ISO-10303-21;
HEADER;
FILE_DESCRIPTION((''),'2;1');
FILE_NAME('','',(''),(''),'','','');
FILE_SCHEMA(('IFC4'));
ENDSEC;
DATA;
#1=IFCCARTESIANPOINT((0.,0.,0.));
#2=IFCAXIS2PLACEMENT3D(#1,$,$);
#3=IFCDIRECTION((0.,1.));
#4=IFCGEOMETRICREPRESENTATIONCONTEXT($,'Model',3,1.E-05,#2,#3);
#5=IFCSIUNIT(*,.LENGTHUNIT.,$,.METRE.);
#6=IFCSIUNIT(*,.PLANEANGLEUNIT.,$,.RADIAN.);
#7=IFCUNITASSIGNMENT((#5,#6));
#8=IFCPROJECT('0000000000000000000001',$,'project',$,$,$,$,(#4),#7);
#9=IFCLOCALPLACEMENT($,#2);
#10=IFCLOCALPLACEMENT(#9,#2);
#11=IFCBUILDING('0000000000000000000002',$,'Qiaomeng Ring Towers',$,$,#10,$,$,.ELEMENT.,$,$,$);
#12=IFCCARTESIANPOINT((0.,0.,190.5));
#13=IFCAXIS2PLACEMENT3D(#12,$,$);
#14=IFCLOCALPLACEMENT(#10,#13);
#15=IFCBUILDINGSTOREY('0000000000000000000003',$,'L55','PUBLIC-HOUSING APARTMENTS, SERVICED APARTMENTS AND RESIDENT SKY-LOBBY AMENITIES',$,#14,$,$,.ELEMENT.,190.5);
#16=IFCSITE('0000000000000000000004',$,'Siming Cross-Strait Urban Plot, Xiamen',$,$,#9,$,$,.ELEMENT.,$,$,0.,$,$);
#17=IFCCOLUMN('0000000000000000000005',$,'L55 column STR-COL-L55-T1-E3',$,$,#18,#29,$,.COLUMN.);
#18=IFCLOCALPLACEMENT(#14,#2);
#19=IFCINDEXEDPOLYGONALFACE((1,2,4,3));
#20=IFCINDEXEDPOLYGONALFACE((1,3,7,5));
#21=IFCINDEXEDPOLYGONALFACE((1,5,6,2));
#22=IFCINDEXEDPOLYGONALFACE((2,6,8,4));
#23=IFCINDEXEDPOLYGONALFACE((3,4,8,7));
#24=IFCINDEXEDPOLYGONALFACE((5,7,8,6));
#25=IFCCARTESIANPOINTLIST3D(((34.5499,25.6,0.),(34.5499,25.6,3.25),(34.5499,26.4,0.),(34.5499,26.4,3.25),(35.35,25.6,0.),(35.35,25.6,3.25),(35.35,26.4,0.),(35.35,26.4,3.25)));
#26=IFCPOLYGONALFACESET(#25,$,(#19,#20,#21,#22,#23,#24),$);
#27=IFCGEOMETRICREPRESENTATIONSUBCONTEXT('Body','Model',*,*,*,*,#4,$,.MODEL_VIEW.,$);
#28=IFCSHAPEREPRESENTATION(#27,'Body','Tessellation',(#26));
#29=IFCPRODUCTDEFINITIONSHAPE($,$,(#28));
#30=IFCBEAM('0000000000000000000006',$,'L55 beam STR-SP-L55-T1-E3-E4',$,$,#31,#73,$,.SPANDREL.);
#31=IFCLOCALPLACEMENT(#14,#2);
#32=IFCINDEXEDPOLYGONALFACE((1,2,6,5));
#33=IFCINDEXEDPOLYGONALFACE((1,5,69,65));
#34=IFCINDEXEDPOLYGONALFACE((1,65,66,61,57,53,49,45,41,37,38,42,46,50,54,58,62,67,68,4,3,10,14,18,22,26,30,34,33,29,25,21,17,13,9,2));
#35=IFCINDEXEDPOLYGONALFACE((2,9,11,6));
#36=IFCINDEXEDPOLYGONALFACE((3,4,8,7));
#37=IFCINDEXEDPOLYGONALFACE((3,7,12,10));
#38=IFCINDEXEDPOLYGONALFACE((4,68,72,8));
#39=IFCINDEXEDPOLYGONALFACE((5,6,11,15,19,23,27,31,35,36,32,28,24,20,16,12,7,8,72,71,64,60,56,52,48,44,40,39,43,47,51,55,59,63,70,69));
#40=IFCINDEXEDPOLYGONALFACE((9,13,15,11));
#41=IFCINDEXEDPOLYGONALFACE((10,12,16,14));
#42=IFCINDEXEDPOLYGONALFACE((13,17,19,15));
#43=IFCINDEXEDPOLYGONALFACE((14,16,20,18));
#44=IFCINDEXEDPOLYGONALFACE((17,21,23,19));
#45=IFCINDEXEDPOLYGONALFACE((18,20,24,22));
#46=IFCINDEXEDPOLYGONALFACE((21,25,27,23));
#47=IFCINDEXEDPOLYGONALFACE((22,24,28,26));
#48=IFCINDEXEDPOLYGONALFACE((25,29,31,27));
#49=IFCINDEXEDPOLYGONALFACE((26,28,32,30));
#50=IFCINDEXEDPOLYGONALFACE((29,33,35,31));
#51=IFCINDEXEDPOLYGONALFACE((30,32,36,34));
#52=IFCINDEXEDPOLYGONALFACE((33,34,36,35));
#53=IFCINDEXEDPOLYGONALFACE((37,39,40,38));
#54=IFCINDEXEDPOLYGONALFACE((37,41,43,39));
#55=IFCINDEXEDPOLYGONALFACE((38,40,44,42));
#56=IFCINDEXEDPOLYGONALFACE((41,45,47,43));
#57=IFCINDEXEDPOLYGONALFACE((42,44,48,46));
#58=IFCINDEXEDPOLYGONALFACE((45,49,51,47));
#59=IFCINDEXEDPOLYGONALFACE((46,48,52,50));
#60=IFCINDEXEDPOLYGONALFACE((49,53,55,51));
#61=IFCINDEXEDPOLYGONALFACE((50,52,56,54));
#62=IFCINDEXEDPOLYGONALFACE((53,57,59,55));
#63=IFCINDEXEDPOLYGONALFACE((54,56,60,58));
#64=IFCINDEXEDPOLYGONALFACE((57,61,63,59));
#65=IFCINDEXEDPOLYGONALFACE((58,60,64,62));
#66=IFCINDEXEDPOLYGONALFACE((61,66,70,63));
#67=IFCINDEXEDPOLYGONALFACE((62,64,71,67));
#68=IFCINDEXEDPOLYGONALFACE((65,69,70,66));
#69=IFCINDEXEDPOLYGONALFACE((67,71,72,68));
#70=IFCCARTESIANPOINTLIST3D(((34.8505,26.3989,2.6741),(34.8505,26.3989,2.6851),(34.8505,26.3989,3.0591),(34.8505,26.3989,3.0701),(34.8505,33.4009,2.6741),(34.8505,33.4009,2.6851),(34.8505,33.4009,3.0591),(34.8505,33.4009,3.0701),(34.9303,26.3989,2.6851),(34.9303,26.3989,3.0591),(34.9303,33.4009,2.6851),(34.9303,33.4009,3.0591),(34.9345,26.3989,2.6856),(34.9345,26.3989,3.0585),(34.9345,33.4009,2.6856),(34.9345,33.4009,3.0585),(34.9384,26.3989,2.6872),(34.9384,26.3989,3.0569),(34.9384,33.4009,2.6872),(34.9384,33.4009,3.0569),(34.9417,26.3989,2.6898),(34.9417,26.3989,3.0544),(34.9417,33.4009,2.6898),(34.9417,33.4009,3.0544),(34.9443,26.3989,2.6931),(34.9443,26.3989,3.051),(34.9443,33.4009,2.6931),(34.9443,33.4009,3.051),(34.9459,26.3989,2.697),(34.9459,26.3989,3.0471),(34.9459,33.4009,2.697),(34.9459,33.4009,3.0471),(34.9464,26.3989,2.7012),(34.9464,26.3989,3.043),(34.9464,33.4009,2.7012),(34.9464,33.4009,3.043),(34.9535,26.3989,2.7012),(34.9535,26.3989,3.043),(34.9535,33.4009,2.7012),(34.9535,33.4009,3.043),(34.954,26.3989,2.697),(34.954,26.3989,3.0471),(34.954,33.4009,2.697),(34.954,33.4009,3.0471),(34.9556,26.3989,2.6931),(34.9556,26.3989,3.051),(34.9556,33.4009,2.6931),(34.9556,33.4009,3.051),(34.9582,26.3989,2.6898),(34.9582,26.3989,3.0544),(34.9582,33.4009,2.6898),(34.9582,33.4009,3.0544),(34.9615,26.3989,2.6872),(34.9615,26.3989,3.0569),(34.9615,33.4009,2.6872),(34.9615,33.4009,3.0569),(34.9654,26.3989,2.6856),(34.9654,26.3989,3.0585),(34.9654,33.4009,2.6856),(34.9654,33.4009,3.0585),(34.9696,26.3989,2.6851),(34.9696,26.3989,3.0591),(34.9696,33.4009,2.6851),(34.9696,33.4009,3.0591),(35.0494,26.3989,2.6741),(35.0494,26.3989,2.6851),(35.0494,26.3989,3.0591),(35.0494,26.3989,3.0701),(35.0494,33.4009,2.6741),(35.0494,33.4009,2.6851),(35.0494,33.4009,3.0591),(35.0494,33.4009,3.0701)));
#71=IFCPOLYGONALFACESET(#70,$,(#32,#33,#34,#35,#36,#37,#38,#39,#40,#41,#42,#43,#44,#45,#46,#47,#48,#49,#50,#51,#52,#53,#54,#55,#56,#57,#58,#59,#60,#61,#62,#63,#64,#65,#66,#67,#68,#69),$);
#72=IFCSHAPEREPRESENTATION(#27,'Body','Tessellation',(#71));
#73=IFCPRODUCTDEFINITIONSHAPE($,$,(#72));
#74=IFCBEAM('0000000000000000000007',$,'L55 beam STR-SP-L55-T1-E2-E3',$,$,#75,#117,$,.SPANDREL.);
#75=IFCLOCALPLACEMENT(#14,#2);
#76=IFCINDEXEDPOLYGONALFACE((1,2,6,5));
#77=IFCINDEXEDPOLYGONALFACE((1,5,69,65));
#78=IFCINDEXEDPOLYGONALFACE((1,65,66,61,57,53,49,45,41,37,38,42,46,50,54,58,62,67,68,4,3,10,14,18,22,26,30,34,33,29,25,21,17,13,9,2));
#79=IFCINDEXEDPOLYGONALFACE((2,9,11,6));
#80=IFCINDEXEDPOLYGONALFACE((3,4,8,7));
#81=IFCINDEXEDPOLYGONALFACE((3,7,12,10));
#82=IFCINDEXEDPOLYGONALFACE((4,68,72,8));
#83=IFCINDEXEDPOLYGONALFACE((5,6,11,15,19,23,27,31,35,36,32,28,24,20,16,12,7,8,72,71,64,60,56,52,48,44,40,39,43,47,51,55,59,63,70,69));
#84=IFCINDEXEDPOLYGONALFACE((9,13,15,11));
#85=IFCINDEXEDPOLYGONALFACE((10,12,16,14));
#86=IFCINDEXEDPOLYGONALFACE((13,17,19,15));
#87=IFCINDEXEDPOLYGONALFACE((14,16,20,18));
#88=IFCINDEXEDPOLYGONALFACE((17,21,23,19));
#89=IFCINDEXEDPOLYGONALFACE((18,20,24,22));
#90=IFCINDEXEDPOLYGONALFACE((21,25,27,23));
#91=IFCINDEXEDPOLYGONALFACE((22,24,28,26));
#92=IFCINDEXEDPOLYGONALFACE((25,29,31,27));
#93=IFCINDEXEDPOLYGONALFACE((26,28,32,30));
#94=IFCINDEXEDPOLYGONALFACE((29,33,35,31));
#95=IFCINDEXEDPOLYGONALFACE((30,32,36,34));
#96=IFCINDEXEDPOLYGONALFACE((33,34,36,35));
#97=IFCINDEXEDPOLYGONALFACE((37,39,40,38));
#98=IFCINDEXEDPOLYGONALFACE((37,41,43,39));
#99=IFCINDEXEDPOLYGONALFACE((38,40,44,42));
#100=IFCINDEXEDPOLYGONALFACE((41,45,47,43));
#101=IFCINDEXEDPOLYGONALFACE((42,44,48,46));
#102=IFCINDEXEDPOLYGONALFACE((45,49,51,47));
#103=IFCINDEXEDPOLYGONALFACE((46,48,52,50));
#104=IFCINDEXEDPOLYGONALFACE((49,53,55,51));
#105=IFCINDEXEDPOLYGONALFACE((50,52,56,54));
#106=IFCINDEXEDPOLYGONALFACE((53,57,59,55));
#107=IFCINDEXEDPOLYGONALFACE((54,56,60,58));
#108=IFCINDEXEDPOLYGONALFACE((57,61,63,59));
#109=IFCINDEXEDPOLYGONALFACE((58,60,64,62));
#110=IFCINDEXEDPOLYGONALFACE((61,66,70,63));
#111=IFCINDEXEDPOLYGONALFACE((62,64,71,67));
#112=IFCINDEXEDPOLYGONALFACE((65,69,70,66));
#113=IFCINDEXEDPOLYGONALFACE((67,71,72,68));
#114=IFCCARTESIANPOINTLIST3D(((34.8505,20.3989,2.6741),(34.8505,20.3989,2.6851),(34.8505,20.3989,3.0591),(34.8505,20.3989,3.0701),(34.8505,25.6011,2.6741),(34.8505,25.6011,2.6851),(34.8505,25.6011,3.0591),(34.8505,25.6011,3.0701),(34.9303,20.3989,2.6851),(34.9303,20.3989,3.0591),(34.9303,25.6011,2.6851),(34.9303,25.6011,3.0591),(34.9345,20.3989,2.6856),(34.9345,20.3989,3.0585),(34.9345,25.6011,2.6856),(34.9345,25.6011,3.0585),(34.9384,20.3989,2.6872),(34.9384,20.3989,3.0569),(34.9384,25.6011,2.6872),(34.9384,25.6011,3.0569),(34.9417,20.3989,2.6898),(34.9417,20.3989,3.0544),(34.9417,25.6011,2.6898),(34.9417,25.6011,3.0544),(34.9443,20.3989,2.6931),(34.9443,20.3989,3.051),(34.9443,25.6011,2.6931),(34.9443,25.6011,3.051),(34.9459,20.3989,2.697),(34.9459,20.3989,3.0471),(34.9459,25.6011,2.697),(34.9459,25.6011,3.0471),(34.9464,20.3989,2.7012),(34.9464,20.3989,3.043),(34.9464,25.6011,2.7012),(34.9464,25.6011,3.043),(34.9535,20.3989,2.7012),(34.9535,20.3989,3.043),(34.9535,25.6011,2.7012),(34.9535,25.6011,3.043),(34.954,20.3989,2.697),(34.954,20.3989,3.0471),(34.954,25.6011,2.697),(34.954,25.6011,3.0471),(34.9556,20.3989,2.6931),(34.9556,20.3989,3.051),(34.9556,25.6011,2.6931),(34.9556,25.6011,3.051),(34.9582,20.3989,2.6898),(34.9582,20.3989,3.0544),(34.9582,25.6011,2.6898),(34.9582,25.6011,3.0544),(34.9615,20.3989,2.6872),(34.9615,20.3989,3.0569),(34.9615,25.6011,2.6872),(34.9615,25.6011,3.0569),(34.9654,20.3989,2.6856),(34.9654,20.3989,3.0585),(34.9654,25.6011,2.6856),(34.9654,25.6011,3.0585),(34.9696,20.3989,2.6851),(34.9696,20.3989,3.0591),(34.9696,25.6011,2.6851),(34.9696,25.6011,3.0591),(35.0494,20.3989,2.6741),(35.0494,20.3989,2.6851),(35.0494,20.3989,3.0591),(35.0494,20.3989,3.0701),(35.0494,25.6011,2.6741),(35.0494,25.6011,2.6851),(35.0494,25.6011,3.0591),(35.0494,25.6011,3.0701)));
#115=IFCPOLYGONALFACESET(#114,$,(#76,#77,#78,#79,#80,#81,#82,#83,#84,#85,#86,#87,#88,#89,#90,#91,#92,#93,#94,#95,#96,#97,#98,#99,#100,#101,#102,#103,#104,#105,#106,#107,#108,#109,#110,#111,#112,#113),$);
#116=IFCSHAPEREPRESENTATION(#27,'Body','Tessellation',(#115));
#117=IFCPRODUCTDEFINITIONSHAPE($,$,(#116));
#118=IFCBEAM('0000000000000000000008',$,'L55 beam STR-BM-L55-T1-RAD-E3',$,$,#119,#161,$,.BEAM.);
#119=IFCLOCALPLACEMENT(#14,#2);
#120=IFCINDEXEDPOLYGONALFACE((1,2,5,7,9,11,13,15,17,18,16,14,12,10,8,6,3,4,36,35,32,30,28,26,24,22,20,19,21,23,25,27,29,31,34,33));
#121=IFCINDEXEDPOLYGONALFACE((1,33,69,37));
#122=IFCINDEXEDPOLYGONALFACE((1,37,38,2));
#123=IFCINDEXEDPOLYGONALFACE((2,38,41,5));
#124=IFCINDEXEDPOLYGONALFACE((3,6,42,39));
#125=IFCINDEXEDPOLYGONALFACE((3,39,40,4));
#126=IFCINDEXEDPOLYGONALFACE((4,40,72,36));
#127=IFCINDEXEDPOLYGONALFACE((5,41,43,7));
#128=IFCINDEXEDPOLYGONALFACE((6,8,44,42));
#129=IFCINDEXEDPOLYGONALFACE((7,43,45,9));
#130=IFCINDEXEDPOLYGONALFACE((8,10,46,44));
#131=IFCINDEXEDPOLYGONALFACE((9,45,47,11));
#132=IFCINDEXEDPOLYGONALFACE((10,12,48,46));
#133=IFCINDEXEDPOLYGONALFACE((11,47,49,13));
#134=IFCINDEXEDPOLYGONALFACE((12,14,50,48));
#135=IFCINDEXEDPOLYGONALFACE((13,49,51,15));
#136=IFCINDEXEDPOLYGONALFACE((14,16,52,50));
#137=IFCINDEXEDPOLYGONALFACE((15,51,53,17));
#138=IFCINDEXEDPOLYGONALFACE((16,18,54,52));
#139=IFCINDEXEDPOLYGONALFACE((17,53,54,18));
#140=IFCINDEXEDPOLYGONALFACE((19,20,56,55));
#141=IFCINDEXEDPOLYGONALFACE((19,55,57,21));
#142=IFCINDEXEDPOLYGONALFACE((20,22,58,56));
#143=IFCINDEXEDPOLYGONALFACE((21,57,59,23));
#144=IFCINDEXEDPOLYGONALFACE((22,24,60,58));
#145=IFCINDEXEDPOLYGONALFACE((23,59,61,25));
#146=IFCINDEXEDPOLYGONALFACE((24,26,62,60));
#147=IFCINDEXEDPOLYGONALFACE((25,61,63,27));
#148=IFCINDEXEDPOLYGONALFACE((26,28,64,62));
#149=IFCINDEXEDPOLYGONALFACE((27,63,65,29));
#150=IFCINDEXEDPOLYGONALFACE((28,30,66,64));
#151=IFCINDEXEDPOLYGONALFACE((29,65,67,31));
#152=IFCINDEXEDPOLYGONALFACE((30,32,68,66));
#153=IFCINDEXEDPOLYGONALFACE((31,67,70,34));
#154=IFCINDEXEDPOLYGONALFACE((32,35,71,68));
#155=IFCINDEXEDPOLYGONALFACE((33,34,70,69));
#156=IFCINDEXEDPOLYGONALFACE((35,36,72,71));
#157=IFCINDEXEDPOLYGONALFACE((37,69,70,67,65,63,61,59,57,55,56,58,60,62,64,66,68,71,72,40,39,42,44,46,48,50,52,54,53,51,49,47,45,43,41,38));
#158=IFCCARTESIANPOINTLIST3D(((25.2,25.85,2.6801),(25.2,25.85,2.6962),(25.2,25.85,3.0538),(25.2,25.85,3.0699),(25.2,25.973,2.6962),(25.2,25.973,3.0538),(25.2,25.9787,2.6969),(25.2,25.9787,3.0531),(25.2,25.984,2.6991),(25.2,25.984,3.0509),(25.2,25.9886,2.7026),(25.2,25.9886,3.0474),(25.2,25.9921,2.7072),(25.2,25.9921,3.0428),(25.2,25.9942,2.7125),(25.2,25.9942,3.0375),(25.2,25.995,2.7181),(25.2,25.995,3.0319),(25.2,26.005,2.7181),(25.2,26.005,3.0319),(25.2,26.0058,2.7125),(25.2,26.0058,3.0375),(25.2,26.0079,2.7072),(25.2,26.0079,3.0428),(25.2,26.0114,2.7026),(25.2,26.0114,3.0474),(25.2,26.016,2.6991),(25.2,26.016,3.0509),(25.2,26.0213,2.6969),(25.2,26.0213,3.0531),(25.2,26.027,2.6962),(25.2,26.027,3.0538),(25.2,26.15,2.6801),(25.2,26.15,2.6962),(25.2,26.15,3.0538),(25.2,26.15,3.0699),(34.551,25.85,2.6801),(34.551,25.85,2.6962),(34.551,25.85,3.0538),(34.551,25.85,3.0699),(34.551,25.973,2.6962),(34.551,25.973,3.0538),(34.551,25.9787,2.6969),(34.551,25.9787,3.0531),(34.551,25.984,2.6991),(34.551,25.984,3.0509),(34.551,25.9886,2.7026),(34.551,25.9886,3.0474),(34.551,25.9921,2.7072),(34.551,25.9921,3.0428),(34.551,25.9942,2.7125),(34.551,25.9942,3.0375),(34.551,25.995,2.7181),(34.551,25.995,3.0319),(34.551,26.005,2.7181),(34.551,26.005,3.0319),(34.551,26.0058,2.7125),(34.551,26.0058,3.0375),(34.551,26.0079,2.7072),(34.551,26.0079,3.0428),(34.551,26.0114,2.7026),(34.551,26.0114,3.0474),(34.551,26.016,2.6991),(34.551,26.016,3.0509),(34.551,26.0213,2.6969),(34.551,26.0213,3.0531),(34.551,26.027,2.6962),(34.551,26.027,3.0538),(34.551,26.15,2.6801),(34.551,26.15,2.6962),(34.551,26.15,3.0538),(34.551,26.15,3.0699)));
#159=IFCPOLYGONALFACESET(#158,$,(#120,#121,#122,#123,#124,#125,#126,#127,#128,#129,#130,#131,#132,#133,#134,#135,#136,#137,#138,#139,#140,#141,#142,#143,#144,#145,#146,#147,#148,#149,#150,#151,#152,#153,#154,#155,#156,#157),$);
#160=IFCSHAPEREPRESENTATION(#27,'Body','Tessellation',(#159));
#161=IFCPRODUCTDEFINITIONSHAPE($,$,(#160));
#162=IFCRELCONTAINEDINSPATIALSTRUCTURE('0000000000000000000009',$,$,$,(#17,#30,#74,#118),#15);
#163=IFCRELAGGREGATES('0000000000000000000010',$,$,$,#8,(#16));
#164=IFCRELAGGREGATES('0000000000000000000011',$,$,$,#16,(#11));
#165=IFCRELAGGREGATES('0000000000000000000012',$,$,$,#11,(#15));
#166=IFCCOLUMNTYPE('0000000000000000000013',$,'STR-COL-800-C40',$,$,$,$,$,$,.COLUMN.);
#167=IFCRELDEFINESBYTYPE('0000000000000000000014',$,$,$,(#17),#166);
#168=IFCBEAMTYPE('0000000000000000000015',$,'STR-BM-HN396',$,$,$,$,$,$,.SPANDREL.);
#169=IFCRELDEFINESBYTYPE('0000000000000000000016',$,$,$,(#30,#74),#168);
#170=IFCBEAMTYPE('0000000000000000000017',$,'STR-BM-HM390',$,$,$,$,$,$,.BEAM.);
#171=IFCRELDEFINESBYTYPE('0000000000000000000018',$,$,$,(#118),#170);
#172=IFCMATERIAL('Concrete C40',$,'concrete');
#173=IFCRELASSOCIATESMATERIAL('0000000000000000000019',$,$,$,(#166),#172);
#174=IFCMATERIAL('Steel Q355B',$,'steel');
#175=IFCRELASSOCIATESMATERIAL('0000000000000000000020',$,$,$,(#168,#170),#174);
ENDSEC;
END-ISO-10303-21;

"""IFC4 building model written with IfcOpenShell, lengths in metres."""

from ifc_helpers import new_model, si_unit, direction, frame, origin, origin_2d, place, context, subcontext, project, spatial, rectangle, i_section, extrude, source, transform, mapped, material, material_profile, profile_set, type_object, element, save


model = new_model("IFC4")

# Units and contexts
model_context = context("Model", 3, precision=1e-05, world=origin(), true_north=direction((0.0, 1.0)))
body_context = subcontext(model_context, "Body", "Model", "MODEL_VIEW")
ifc_project = project(units=[si_unit("LENGTHUNIT", "METRE"), si_unit("PLANEANGLEUNIT", "RADIAN")], contexts=[model_context])

# Site, building, storey
site_placement = place(None, origin())
site = spatial("IfcSite", under=ifc_project, at=site_placement, Name="Siming Cross-Strait Urban Plot, Xiamen", CompositionType="ELEMENT", RefElevation=0.0)
building_placement = place(site_placement, origin())
building = spatial("IfcBuilding", under=site, at=building_placement, Name="Qiaomeng Ring Towers", CompositionType="ELEMENT")
storey_placement = place(building_placement, frame((0.0, 0.0, 190.5)))
storey = spatial("IfcBuildingStorey", under=building, at=storey_placement, Name="L55", Description="PUBLIC-HOUSING APARTMENTS, SERVICED APARTMENTS AND RESIDENT SKY-LOBBY AMENITIES", CompositionType="ELEMENT", Elevation=190.5)

# Column
ifc_material_1 = material(Name="Concrete C40", Category="concrete")
ifc_material_profile_1 = material_profile(ifc_material_1, rectangle(XDim=0.8, YDim=0.8, at=origin_2d()), Name="RC COL 800x800")
ifc_profile_set_1 = profile_set([ifc_material_profile_1], Name="Concrete C40")
column_type = type_object("IfcColumnType", Name="STR-COL-800-C40", PredefinedType="COLUMN", material=ifc_profile_set_1)
shared_shape_1 = source(origin(), body_context, "Body", "SweptSolid", [
    extrude(rectangle(XDim=0.8, YDim=0.8, at=origin_2d()), origin(), (0.0, 0.0, 1.0), 3.25),
])
column_placement = place(storey_placement, frame((34.95, 26.0, 0.0), z_axis=(0.0, 0.0, 1.0), x_axis=(1.0, 0.0, 0.0)))
element("IfcColumn", 1, at=column_placement, inside=storey, type_object=column_type, Name="L55 column STR-COL-L55-T1-E3", PredefinedType="COLUMN", context=body_context, shape_type="MappedRepresentation", body=[
    mapped(shared_shape_1, transform((0.0, 0.0, 0.0), x_axis=(1.0, 0.0, 0.0), y_axis=(0.0, 1.0, 0.0), z_axis=(0.0, 0.0, 1.0), scale=1.0)),
])

# Beams
ifc_material_2 = material(Name="Steel Q355B", Category="steel")
ifc_material_profile_2 = material_profile(ifc_material_2, i_section(OverallWidth=0.199, OverallDepth=0.396, WebThickness=0.0071, FlangeThickness=0.011, FilletRadius=0.0161, at=origin_2d()), Name="HN 396x199x7x11")
ifc_profile_set_2 = profile_set([ifc_material_profile_2], Name="Steel Q355B")
beam_type_1 = type_object("IfcBeamType", Name="STR-BM-HN396", PredefinedType="SPANDREL", material=ifc_profile_set_2)
shared_shape_2 = source(origin(), body_context, "Body", "SweptSolid", [
    extrude(i_section(OverallWidth=0.199, OverallDepth=0.396, WebThickness=0.0071, FlangeThickness=0.011, FilletRadius=0.0161, at=origin_2d()), origin(), (0.0, 0.0, 1.0), 7.002),
])
beam_1_placement = place(storey_placement, frame((34.95, 26.3989, 2.8721), z_axis=(0.0, 1.0, 0.0), x_axis=(-1.0, 0.0, 0.0)))
element("IfcBeam", 2, at=beam_1_placement, inside=storey, type_object=beam_type_1, Name="L55 beam STR-SP-L55-T1-E3-E4", PredefinedType="SPANDREL", context=body_context, shape_type="MappedRepresentation", body=[
    mapped(shared_shape_2, transform((0.0, 0.0, 0.0), x_axis=(1.0, 0.0, 0.0), y_axis=(0.0, 1.0, 0.0), z_axis=(0.0, 0.0, 1.0), scale=1.0)),
])
shared_shape_3 = source(origin(), body_context, "Body", "SweptSolid", [
    extrude(i_section(OverallWidth=0.199, OverallDepth=0.396, WebThickness=0.0071, FlangeThickness=0.011, FilletRadius=0.0161, at=origin_2d()), origin(), (0.0, 0.0, 1.0), 5.2021),
])
beam_2_placement = place(storey_placement, frame((34.95, 20.3989, 2.8721), z_axis=(0.0, 1.0, 0.0), x_axis=(-1.0, 0.0, 0.0)))
element("IfcBeam", 3, at=beam_2_placement, inside=storey, type_object=beam_type_1, Name="L55 beam STR-SP-L55-T1-E2-E3", PredefinedType="SPANDREL", context=body_context, shape_type="MappedRepresentation", body=[
    mapped(shared_shape_3, transform((0.0, 0.0, 0.0), x_axis=(1.0, 0.0, 0.0), y_axis=(0.0, 1.0, 0.0), z_axis=(0.0, 0.0, 1.0), scale=1.0)),
])
ifc_material_profile_3 = material_profile(ifc_material_2, i_section(OverallWidth=0.3, OverallDepth=0.3899, WebThickness=0.01, FlangeThickness=0.0161, FilletRadius=0.022, at=origin_2d()), Name="HM 390x300x10x16")
ifc_profile_set_3 = profile_set([ifc_material_profile_3], Name="Steel Q355B")
beam_type_2 = type_object("IfcBeamType", Name="STR-BM-HM390", PredefinedType="BEAM", material=ifc_profile_set_3)
shared_shape_4 = source(origin(), body_context, "Body", "SweptSolid", [
    extrude(i_section(OverallWidth=0.3, OverallDepth=0.3899, WebThickness=0.01, FlangeThickness=0.0161, FilletRadius=0.022, at=origin_2d()), origin(), (0.0, 0.0, 1.0), 9.3511),
])
beam_3_placement = place(storey_placement, frame((25.2, 26.0, 2.875), z_axis=(1.0, 0.0, 0.0), x_axis=(0.0, 1.0, 0.0)))
element("IfcBeam", 4, at=beam_3_placement, inside=storey, type_object=beam_type_2, Name="L55 beam STR-BM-L55-T1-RAD-E3", PredefinedType="BEAM", context=body_context, shape_type="MappedRepresentation", body=[
    mapped(shared_shape_4, transform((0.0, 0.0, 0.0), x_axis=(1.0, 0.0, 0.0), y_axis=(0.0, 1.0, 0.0), z_axis=(0.0, 0.0, 1.0), scale=1.0)),
])

save(model, "model.ifc")
